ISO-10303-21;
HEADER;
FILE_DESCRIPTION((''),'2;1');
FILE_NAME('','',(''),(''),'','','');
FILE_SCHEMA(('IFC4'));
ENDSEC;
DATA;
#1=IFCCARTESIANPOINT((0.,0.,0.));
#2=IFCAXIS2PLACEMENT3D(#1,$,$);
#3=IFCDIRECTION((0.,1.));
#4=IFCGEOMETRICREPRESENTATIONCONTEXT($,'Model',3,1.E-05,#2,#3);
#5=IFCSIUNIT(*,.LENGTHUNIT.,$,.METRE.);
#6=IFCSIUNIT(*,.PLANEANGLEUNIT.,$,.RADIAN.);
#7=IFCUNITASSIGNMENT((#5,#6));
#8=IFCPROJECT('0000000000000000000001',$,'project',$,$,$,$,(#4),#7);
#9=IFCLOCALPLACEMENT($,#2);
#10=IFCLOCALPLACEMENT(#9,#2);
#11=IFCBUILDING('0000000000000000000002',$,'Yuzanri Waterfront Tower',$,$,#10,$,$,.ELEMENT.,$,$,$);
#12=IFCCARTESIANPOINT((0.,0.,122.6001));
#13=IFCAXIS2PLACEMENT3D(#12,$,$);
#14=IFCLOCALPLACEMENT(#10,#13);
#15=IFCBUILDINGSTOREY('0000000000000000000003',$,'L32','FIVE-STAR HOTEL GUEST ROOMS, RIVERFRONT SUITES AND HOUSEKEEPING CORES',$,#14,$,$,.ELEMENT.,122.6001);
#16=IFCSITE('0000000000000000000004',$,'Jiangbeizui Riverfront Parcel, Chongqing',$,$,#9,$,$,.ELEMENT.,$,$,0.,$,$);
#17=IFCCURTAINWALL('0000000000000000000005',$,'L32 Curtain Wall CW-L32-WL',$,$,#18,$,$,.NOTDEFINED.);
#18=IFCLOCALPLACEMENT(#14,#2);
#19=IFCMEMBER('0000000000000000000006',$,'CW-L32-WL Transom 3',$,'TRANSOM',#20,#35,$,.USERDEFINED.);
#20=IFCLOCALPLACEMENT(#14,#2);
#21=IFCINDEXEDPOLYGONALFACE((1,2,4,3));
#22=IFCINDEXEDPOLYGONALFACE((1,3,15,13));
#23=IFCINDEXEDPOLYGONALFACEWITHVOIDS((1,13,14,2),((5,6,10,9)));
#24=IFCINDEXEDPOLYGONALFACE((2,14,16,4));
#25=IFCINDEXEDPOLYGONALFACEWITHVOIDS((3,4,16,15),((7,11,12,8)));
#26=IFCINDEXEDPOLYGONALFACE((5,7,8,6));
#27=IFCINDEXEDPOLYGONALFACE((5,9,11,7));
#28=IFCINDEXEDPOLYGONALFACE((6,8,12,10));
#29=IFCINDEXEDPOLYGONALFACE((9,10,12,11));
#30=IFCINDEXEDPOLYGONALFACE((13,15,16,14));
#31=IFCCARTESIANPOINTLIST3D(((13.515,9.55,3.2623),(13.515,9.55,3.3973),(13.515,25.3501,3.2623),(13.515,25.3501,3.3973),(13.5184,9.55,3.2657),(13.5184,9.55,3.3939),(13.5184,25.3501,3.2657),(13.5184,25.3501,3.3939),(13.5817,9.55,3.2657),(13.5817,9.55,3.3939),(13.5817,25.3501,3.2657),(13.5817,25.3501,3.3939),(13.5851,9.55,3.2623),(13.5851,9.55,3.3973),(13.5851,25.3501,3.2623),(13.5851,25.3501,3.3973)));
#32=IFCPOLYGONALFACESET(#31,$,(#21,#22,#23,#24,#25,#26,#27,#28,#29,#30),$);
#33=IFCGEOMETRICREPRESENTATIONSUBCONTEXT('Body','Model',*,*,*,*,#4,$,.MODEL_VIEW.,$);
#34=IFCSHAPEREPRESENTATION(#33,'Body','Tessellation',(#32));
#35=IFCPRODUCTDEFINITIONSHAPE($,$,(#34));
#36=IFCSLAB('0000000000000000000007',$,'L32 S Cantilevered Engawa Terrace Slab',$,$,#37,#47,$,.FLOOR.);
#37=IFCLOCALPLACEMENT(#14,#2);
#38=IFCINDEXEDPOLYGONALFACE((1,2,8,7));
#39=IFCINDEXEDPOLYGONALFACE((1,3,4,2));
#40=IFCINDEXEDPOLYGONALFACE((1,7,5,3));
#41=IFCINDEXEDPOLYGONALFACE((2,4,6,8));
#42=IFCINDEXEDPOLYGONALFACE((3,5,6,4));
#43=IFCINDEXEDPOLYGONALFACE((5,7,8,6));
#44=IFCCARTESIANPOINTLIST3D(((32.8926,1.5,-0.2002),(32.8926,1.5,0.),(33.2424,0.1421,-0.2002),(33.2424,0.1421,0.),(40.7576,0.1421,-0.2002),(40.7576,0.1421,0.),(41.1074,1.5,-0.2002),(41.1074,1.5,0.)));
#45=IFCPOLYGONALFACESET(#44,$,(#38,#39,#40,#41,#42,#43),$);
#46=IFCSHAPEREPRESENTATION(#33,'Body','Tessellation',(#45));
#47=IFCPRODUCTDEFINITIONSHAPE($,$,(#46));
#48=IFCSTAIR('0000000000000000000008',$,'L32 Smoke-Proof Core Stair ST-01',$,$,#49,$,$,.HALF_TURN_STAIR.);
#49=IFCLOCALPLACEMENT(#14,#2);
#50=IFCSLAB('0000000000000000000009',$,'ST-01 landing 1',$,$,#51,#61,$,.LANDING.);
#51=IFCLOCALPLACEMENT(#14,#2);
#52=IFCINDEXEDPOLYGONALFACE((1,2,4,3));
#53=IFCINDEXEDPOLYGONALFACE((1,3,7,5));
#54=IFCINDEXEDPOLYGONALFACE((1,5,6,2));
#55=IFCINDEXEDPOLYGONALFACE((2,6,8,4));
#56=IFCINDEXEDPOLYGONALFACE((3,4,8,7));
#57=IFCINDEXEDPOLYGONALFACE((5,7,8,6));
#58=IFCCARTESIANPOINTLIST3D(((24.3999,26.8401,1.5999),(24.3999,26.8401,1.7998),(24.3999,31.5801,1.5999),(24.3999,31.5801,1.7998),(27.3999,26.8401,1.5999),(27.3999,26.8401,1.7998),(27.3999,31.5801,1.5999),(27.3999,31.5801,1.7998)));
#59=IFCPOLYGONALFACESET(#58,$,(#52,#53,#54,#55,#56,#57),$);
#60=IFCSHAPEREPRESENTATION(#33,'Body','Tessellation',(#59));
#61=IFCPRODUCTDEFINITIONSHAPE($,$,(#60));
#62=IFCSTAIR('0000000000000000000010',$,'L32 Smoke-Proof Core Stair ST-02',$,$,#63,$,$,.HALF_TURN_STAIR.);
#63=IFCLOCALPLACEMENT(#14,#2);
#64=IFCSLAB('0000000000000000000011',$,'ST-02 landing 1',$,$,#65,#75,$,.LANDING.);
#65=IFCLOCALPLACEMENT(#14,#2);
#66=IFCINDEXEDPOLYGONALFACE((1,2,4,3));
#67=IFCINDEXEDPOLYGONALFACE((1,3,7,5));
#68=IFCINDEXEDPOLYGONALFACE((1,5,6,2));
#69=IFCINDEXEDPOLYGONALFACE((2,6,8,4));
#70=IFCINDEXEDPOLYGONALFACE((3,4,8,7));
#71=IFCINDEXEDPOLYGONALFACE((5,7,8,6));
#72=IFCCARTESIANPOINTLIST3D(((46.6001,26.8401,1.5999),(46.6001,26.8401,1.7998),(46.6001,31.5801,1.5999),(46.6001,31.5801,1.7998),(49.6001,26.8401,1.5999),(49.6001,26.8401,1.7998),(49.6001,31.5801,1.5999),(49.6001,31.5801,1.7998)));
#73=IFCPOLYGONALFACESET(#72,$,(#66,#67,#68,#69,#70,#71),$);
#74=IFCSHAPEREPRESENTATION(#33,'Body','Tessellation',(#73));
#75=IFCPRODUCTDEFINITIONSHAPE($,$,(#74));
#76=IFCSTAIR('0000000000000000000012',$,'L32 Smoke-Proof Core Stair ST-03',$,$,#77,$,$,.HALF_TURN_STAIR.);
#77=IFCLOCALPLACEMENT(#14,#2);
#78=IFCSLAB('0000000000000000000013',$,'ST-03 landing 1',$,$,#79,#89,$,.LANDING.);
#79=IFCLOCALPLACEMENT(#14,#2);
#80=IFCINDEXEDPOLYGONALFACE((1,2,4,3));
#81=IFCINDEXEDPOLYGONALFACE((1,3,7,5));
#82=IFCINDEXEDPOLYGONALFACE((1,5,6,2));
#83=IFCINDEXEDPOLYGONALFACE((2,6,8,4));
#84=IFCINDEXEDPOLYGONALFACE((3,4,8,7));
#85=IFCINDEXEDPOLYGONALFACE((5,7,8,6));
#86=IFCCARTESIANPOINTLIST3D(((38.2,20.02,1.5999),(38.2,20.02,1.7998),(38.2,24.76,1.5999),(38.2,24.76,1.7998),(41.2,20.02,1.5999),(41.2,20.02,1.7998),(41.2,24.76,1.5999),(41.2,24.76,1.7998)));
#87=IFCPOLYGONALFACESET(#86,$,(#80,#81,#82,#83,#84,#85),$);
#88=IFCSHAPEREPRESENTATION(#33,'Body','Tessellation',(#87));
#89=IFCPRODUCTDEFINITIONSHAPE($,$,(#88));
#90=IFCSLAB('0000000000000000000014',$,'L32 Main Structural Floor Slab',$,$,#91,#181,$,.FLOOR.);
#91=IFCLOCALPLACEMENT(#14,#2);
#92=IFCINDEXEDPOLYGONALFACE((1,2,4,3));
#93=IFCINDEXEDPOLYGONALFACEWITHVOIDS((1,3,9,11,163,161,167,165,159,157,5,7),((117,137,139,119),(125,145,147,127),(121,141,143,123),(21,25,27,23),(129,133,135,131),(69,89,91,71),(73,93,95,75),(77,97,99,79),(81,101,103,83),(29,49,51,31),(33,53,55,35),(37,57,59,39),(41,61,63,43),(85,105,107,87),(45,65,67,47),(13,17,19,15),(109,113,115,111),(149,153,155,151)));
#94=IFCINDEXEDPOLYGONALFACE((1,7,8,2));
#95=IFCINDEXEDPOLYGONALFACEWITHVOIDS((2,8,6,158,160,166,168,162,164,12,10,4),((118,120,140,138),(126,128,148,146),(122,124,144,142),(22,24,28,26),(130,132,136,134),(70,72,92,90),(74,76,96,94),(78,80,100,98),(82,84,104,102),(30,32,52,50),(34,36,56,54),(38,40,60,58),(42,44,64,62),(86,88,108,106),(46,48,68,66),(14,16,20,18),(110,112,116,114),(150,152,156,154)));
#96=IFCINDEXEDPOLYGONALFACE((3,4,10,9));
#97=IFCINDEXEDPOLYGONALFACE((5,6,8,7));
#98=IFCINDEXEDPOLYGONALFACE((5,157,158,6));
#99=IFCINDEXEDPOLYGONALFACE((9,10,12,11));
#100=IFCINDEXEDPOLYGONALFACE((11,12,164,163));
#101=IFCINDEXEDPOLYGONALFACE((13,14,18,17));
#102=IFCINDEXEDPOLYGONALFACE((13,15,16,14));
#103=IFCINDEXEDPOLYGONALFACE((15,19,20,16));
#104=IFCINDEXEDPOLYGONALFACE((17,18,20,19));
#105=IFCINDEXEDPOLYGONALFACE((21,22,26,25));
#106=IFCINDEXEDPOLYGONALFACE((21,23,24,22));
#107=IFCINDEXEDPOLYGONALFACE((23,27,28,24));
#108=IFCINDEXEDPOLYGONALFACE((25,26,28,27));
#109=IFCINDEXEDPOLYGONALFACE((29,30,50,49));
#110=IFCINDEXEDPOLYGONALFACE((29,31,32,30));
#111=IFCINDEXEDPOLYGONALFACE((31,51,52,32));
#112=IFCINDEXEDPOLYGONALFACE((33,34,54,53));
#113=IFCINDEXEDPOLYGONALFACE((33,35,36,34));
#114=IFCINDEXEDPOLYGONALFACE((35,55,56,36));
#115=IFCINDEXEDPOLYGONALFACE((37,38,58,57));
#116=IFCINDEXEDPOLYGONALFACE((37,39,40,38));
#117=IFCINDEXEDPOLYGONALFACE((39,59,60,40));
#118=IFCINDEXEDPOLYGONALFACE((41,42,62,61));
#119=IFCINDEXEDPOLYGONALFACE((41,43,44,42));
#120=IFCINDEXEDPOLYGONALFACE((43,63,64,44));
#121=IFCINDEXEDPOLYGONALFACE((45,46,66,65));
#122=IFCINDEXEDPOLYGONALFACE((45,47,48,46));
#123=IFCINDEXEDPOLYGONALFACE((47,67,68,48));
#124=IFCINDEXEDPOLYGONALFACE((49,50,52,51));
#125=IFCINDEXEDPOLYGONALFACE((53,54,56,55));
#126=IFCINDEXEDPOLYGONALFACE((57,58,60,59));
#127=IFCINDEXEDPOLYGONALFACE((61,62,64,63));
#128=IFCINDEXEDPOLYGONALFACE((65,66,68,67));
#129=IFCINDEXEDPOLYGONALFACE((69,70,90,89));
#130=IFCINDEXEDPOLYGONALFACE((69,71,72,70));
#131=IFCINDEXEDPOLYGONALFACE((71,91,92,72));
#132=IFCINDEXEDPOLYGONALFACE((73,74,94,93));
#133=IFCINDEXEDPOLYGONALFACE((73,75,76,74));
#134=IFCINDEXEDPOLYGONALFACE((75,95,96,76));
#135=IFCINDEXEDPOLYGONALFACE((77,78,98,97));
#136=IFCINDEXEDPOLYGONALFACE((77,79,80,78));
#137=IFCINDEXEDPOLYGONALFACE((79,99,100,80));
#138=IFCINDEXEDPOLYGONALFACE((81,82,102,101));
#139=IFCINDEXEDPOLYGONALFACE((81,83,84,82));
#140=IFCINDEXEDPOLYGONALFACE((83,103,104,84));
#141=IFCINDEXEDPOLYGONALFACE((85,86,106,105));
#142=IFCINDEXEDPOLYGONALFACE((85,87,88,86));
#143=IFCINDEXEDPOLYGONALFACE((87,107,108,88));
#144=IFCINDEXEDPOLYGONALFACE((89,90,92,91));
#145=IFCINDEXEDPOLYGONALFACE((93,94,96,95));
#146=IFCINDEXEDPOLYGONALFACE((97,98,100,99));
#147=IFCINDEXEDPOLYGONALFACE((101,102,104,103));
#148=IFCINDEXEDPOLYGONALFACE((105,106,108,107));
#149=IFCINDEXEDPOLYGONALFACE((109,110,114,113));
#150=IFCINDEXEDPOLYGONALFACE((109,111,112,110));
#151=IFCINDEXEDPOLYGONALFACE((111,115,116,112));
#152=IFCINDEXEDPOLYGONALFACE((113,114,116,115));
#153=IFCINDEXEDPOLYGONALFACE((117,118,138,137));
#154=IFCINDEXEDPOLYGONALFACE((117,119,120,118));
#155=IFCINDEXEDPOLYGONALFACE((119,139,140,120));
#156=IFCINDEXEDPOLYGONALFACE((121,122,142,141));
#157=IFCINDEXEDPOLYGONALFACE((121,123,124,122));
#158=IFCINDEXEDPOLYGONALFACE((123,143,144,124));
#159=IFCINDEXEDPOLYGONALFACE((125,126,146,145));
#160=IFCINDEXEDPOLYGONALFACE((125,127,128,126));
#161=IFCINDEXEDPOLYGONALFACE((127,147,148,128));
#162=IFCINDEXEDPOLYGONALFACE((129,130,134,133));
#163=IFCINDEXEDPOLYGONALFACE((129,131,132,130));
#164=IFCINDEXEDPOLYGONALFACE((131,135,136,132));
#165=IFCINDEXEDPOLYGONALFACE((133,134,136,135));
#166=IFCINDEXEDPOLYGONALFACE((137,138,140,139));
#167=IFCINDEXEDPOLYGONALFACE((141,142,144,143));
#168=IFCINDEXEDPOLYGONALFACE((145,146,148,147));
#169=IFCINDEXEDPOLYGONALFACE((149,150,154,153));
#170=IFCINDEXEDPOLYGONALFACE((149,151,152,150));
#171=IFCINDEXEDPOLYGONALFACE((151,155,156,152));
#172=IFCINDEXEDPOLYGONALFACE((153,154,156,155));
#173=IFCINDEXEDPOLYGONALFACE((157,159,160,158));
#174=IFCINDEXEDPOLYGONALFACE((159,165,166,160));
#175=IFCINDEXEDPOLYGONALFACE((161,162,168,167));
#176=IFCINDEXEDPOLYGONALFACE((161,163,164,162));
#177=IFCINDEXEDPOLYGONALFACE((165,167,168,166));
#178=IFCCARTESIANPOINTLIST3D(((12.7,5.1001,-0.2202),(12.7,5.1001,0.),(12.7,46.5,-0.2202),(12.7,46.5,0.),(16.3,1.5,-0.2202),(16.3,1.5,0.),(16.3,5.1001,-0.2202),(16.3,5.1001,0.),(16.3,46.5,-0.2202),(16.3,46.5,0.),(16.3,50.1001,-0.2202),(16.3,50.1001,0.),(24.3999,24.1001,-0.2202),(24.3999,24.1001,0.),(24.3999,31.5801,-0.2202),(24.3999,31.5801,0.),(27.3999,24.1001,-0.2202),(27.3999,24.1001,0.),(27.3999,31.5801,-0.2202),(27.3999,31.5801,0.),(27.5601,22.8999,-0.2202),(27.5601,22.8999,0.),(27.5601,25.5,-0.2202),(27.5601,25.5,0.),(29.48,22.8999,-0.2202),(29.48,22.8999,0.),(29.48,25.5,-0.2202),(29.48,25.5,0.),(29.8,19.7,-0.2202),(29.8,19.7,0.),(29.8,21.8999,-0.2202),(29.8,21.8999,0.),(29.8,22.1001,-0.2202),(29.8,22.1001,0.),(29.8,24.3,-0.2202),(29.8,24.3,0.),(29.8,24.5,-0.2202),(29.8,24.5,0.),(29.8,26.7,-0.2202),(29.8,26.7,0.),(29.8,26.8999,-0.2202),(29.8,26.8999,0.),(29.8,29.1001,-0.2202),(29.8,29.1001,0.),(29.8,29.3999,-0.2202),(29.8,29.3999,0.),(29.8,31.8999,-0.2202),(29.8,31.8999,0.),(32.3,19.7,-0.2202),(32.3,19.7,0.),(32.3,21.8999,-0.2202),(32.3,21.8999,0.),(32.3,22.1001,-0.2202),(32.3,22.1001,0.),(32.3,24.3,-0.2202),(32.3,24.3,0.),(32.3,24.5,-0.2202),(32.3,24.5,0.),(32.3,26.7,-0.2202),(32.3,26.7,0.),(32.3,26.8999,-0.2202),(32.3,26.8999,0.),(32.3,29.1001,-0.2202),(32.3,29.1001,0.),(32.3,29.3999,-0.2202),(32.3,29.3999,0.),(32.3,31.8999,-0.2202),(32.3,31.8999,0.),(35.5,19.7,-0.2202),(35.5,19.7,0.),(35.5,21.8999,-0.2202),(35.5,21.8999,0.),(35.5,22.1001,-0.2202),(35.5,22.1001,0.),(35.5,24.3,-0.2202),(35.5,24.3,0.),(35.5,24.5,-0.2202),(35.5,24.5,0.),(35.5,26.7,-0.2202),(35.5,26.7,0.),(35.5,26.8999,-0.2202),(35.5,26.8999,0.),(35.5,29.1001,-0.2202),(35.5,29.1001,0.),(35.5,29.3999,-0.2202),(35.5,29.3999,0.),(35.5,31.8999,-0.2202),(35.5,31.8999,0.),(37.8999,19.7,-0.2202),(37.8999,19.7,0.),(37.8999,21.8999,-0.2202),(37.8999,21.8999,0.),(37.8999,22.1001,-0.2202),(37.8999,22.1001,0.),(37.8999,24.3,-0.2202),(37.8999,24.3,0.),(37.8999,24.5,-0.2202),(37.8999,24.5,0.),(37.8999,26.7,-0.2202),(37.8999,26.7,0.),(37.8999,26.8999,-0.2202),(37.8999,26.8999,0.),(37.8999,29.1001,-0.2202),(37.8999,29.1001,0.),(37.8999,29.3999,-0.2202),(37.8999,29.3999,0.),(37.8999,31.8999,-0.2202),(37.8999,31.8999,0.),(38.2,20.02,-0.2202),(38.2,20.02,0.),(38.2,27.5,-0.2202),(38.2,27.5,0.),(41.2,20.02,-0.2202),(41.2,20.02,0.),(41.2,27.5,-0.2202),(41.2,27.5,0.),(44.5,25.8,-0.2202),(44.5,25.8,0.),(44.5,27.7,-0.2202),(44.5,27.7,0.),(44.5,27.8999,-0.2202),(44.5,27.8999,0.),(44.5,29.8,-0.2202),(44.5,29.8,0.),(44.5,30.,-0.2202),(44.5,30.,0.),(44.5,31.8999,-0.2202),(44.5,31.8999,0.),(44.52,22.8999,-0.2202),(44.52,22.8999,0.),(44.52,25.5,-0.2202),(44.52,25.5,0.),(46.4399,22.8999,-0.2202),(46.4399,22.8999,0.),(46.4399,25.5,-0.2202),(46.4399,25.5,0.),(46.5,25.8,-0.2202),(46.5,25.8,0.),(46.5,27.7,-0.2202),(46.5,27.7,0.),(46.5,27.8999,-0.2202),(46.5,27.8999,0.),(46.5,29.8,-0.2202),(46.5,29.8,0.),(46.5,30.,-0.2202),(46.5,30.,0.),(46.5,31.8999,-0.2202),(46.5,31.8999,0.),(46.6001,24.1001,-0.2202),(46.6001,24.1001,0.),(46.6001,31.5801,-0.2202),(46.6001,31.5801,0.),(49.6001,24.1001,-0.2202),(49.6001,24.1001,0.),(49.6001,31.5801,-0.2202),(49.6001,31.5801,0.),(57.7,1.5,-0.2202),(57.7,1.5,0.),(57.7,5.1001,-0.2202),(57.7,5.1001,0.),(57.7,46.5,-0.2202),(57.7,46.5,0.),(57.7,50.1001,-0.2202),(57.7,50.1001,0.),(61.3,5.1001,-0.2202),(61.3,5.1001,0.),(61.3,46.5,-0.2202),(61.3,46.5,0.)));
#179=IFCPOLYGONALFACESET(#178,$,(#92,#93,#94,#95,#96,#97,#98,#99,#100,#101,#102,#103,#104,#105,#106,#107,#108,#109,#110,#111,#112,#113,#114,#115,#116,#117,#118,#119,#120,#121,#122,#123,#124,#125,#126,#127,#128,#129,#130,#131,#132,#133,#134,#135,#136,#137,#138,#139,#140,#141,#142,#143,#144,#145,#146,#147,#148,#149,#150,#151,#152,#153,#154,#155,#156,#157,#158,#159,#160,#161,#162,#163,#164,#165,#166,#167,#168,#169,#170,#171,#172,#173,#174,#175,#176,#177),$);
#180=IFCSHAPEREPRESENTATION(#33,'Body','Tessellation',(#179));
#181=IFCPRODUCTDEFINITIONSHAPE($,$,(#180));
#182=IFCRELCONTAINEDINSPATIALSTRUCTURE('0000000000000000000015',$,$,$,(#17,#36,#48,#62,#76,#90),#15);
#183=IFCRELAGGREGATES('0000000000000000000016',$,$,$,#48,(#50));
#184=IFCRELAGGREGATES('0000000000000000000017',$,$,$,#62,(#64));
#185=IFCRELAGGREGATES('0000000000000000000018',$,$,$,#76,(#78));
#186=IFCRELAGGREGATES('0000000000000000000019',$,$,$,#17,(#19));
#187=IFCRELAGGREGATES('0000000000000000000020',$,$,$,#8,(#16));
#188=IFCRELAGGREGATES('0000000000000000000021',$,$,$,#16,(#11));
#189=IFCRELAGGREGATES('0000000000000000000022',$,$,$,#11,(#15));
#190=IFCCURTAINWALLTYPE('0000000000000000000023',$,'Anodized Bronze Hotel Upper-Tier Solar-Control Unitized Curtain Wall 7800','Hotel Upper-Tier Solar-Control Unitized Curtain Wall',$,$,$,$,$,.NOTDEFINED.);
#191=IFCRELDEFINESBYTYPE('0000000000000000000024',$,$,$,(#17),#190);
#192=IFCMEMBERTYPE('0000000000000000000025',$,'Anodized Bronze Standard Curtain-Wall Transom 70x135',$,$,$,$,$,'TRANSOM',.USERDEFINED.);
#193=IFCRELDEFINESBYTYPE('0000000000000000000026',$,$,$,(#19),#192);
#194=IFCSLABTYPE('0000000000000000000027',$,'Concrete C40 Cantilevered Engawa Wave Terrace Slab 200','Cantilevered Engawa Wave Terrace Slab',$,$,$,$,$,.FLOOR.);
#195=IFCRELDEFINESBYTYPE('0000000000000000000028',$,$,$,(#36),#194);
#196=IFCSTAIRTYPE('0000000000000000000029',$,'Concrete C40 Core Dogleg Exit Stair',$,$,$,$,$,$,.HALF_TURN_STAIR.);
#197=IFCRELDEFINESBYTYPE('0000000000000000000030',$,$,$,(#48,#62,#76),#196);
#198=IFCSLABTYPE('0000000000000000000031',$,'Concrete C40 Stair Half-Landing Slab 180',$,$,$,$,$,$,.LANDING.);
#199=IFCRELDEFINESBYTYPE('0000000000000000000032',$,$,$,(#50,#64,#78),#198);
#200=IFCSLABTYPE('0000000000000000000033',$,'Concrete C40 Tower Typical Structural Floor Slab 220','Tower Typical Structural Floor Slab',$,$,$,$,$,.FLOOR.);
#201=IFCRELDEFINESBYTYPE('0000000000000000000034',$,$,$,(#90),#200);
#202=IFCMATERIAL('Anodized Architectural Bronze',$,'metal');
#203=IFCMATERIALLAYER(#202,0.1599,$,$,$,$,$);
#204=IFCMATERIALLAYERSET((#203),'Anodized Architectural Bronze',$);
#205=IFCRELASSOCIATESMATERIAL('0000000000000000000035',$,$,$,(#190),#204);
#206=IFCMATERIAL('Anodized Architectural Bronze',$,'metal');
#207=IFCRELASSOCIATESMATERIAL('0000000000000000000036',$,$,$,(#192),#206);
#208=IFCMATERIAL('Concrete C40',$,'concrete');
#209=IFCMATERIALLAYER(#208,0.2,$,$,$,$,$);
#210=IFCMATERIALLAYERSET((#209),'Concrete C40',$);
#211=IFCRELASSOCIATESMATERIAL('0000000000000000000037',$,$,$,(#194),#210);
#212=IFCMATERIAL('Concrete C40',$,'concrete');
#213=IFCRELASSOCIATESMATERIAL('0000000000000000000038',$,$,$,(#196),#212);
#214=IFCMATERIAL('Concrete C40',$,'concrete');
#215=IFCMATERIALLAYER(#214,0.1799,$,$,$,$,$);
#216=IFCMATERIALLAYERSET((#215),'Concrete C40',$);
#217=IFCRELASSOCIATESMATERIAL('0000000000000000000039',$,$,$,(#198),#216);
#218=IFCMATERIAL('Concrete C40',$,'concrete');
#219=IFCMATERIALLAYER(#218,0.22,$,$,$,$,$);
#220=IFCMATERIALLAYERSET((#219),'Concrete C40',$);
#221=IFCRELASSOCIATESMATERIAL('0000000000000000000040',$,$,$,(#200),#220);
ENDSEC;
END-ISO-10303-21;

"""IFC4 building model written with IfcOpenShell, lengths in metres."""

from ifc_helpers import new_model, si_unit, direction, frame, origin, origin_2d, place, context, subcontext, project, spatial, polyline, hollow_rectangle, outline, extrude, source, transform, mapped, material, layer, layer_set, material_profile, profile_set, type_object, element, aggregate, save


model = new_model("IFC4")

# Units and contexts
model_context = context("Model", 3, precision=1e-05, world=origin(), true_north=direction((0.0, 1.0)))
body_context = subcontext(model_context, "Body", "Model", "MODEL_VIEW")
ifc_project = project(units=[si_unit("LENGTHUNIT", "METRE"), si_unit("PLANEANGLEUNIT", "RADIAN")], contexts=[model_context])

# Site, building, storey
site_placement = place(None, origin())
site = spatial("IfcSite", under=ifc_project, at=site_placement, Name="Jiangbeizui Riverfront Parcel, Chongqing", CompositionType="ELEMENT", RefElevation=0.0)
building_placement = place(site_placement, origin())
building = spatial("IfcBuilding", under=site, at=building_placement, Name="Yuzanri Waterfront Tower", CompositionType="ELEMENT")
storey_placement = place(building_placement, frame((0.0, 0.0, 122.6001)))
storey = spatial("IfcBuildingStorey", under=building, at=storey_placement, Name="L32", Description="FIVE-STAR HOTEL GUEST ROOMS, RIVERFRONT SUITES AND HOUSEKEEPING CORES", CompositionType="ELEMENT", Elevation=122.6001)

# Curtain wall, member
ifc_material_1 = material(Name="Anodized Architectural Bronze", Category="metal")
ifc_layer_1 = layer(ifc_material_1, 0.1599)
ifc_layer_set_1 = layer_set([ifc_layer_1], Name="Anodized Architectural Bronze")
curtain_wall_type = type_object("IfcCurtainWallType", Name="Anodized Bronze Hotel Upper-Tier Solar-Control Unitized Curtain Wall 7800", Description="Hotel Upper-Tier Solar-Control Unitized Curtain Wall", PredefinedType="NOTDEFINED", material=ifc_layer_set_1)
curtain_wall_placement = place(storey_placement, origin())
curtain_wall = element("IfcCurtainWall", 1, at=curtain_wall_placement, inside=storey, type_object=curtain_wall_type, Name="L32 Curtain Wall CW-L32-WL", PredefinedType="NOTDEFINED")
ifc_material_2 = material(Name="Anodized Architectural Bronze", Category="metal")
ifc_material_profile_1 = material_profile(ifc_material_2, hollow_rectangle(XDim=0.0701, YDim=0.135, WallThickness=0.0034, at=origin_2d()), Name="CWT 70x135")
ifc_profile_set_1 = profile_set([ifc_material_profile_1], Name="Anodized Architectural Bronze")
member_type_1 = type_object("IfcMemberType", Name="Anodized Bronze Standard Curtain-Wall Transom 70x135", ElementType="TRANSOM", PredefinedType="USERDEFINED", material=ifc_profile_set_1)
shared_shape_1 = source(origin(), body_context, "Body", "SweptSolid", [
    extrude(hollow_rectangle(XDim=0.0701, YDim=0.135, WallThickness=0.0034, at=origin_2d()), origin(), (0.0, 0.0, 1.0), 15.8),
])
member_1_placement = place(storey_placement, frame((13.55, 9.55, 3.3298), z_axis=(0.0, 1.0, 0.0), x_axis=(-1.0, 0.0, 0.0)))
member_1 = element("IfcMember", 2, at=member_1_placement, type_object=member_type_1, Name="CW-L32-WL Transom 3", ObjectType="TRANSOM", PredefinedType="USERDEFINED", context=body_context, shape_type="MappedRepresentation", body=[
    mapped(shared_shape_1, transform((0.0, 0.0, 0.0), scale=1.0)),
])

# Slab
ifc_material_3 = material(Name="Concrete C40", Category="concrete")
ifc_layer_2 = layer(ifc_material_3, 0.2)
ifc_layer_set_2 = layer_set([ifc_layer_2], Name="Concrete C40")
slab_type_1 = type_object("IfcSlabType", Name="Concrete C40 Cantilevered Engawa Wave Terrace Slab 200", Description="Cantilevered Engawa Wave Terrace Slab", PredefinedType="FLOOR", material=ifc_layer_set_2)
slab_1_placement = place(storey_placement, frame((0.0, 0.0, -0.2002)))
element("IfcSlab", 3, at=slab_1_placement, inside=storey, type_object=slab_type_1, Name="L32 S Cantilevered Engawa Terrace Slab", PredefinedType="FLOOR", context=body_context, shape_type="SweptSolid", body=[
    extrude(outline(polyline([(32.8926, 1.5), (41.1074, 1.5), (40.7576, 0.1421), (33.2424, 0.1421), (32.8926, 1.5)])), origin(), (0.0, 0.0, 1.0), 0.2002),
])

# Stairs, slabs
ifc_material_4 = material(Name="Concrete C40", Category="concrete")
stair_type = type_object("IfcStairType", Name="Concrete C40 Core Dogleg Exit Stair", PredefinedType="HALF_TURN_STAIR", material=ifc_material_4)
stair_1_placement = place(storey_placement, origin())
stair_1 = element("IfcStair", 4, at=stair_1_placement, inside=storey, type_object=stair_type, Name="L32 Smoke-Proof Core Stair ST-01", PredefinedType="HALF_TURN_STAIR")
ifc_material_5 = material(Name="Concrete C40", Category="concrete")
ifc_layer_3 = layer(ifc_material_5, 0.1799)
ifc_layer_set_3 = layer_set([ifc_layer_3], Name="Concrete C40")
slab_type_2 = type_object("IfcSlabType", Name="Concrete C40 Stair Half-Landing Slab 180", PredefinedType="LANDING", material=ifc_layer_set_3)
slab_2_placement = place(storey_placement, frame((0.0, 0.0, 1.5999)))
slab_2 = element("IfcSlab", 5, at=slab_2_placement, type_object=slab_type_2, Name="ST-01 landing 1", PredefinedType="LANDING", context=body_context, shape_type="SweptSolid", body=[
    extrude(outline(polyline([(27.3999, 26.8401), (27.3999, 31.5801), (24.3999, 31.5801), (24.3999, 26.8401), (27.3999, 26.8401)])), origin(), (0.0, 0.0, 1.0), 0.2),
])
aggregate(stair_1, [slab_2])
stair_2_placement = place(storey_placement, origin())
stair_2 = element("IfcStair", 6, at=stair_2_placement, inside=storey, type_object=stair_type, Name="L32 Smoke-Proof Core Stair ST-02", PredefinedType="HALF_TURN_STAIR")
slab_3_placement = place(storey_placement, frame((0.0, 0.0, 1.5999)))
slab_3 = element("IfcSlab", 7, at=slab_3_placement, type_object=slab_type_2, Name="ST-02 landing 1", PredefinedType="LANDING", context=body_context, shape_type="SweptSolid", body=[
    extrude(outline(polyline([(49.6001, 26.8401), (49.6001, 31.5801), (46.6001, 31.5801), (46.6001, 26.8401), (49.6001, 26.8401)])), origin(), (0.0, 0.0, 1.0), 0.2),
])
aggregate(stair_2, [slab_3])
stair_3_placement = place(storey_placement, origin())
stair_3 = element("IfcStair", 8, at=stair_3_placement, inside=storey, type_object=stair_type, Name="L32 Smoke-Proof Core Stair ST-03", PredefinedType="HALF_TURN_STAIR")
slab_4_placement = place(storey_placement, frame((0.0, 0.0, 1.5999)))
slab_4 = element("IfcSlab", 9, at=slab_4_placement, type_object=slab_type_2, Name="ST-03 landing 1", PredefinedType="LANDING", context=body_context, shape_type="SweptSolid", body=[
    extrude(outline(polyline([(38.2, 24.76), (38.2, 20.02), (41.2, 20.02), (41.2, 24.76), (38.2, 24.76)])), origin(), (0.0, 0.0, 1.0), 0.2),
])
aggregate(stair_3, [slab_4])

# Slab
ifc_material_6 = material(Name="Concrete C40", Category="concrete")
ifc_layer_4 = layer(ifc_material_6, 0.22)
ifc_layer_set_4 = layer_set([ifc_layer_4], Name="Concrete C40")
slab_type_3 = type_object("IfcSlabType", Name="Concrete C40 Tower Typical Structural Floor Slab 220", Description="Tower Typical Structural Floor Slab", PredefinedType="FLOOR", material=ifc_layer_set_4)
slab_5_placement = place(storey_placement, frame((0.0, 0.0, -0.2202)))
element("IfcSlab", 10, at=slab_5_placement, inside=storey, type_object=slab_type_3, Name="L32 Main Structural Floor Slab", PredefinedType="FLOOR", context=body_context, shape_type="SweptSolid", body=[
    extrude(outline(polyline([(16.3, 1.5), (57.7, 1.5), (57.7, 5.1001), (61.3, 5.1001), (61.3, 46.5), (57.7, 46.5), (57.7, 50.1001), (16.3, 50.1001), (16.3, 46.5), (12.7, 46.5), (12.7, 5.1001), (16.3, 5.1001), (16.3, 1.5)]), holes=[polyline([(27.3999, 24.1001), (27.3999, 31.5801), (24.3999, 31.5801), (24.3999, 24.1001), (27.3999, 24.1001)]), polyline([(49.6001, 24.1001), (49.6001, 31.5801), (46.6001, 31.5801), (46.6001, 24.1001), (49.6001, 24.1001)]), polyline([(38.2, 27.5), (38.2, 20.02), (41.2, 20.02), (41.2, 27.5), (38.2, 27.5)]), polyline([(27.5601, 22.8999), (29.48, 22.8999), (29.48, 25.5), (27.5601, 25.5), (27.5601, 22.8999)]), polyline([(44.52, 22.8999), (46.4399, 22.8999), (46.4399, 25.5), (44.52, 25.5), (44.52, 22.8999)]), polyline([(29.8, 19.7), (32.3, 19.7), (32.3, 21.8999), (29.8, 21.8999), (29.8, 19.7)]), polyline([(29.8, 22.1001), (32.3, 22.1001), (32.3, 24.3), (29.8, 24.3), (29.8, 22.1001)]), polyline([(29.8, 24.5), (32.3, 24.5), (32.3, 26.7), (29.8, 26.7), (29.8, 24.5)]), polyline([(29.8, 26.8999), (32.3, 26.8999), (32.3, 29.1001), (29.8, 29.1001), (29.8, 26.8999)]), polyline([(29.8, 29.3999), (32.3, 29.3999), (32.3, 31.8999), (29.8, 31.8999), (29.8, 29.3999)]), polyline([(35.5, 19.7), (37.8999, 19.7), (37.8999, 21.8999), (35.5, 21.8999), (35.5, 19.7)]), polyline([(35.5, 22.1001), (37.8999, 22.1001), (37.8999, 24.3), (35.5, 24.3), (35.5, 22.1001)]), polyline([(35.5, 24.5), (37.8999, 24.5), (37.8999, 26.7), (35.5, 26.7), (35.5, 24.5)]), polyline([(35.5, 26.8999), (37.8999, 26.8999), (37.8999, 29.1001), (35.5, 29.1001), (35.5, 26.8999)]), polyline([(35.5, 29.3999), (37.8999, 29.3999), (37.8999, 31.8999), (35.5, 31.8999), (35.5, 29.3999)]), polyline([(44.5, 25.8), (46.5, 25.8), (46.5, 27.7), (44.5, 27.7), (44.5, 25.8)]), polyline([(44.5, 27.8999), (46.5, 27.8999), (46.5, 29.8), (44.5, 29.8), (44.5, 27.8999)]), polyline([(44.5, 30.0), (46.5, 30.0), (46.5, 31.8999), (44.5, 31.8999), (44.5, 30.0)])]), origin(), (0.0, 0.0, 1.0), 0.2202),
])

aggregate(curtain_wall, [member_1])

save(model, "model.ifc")
